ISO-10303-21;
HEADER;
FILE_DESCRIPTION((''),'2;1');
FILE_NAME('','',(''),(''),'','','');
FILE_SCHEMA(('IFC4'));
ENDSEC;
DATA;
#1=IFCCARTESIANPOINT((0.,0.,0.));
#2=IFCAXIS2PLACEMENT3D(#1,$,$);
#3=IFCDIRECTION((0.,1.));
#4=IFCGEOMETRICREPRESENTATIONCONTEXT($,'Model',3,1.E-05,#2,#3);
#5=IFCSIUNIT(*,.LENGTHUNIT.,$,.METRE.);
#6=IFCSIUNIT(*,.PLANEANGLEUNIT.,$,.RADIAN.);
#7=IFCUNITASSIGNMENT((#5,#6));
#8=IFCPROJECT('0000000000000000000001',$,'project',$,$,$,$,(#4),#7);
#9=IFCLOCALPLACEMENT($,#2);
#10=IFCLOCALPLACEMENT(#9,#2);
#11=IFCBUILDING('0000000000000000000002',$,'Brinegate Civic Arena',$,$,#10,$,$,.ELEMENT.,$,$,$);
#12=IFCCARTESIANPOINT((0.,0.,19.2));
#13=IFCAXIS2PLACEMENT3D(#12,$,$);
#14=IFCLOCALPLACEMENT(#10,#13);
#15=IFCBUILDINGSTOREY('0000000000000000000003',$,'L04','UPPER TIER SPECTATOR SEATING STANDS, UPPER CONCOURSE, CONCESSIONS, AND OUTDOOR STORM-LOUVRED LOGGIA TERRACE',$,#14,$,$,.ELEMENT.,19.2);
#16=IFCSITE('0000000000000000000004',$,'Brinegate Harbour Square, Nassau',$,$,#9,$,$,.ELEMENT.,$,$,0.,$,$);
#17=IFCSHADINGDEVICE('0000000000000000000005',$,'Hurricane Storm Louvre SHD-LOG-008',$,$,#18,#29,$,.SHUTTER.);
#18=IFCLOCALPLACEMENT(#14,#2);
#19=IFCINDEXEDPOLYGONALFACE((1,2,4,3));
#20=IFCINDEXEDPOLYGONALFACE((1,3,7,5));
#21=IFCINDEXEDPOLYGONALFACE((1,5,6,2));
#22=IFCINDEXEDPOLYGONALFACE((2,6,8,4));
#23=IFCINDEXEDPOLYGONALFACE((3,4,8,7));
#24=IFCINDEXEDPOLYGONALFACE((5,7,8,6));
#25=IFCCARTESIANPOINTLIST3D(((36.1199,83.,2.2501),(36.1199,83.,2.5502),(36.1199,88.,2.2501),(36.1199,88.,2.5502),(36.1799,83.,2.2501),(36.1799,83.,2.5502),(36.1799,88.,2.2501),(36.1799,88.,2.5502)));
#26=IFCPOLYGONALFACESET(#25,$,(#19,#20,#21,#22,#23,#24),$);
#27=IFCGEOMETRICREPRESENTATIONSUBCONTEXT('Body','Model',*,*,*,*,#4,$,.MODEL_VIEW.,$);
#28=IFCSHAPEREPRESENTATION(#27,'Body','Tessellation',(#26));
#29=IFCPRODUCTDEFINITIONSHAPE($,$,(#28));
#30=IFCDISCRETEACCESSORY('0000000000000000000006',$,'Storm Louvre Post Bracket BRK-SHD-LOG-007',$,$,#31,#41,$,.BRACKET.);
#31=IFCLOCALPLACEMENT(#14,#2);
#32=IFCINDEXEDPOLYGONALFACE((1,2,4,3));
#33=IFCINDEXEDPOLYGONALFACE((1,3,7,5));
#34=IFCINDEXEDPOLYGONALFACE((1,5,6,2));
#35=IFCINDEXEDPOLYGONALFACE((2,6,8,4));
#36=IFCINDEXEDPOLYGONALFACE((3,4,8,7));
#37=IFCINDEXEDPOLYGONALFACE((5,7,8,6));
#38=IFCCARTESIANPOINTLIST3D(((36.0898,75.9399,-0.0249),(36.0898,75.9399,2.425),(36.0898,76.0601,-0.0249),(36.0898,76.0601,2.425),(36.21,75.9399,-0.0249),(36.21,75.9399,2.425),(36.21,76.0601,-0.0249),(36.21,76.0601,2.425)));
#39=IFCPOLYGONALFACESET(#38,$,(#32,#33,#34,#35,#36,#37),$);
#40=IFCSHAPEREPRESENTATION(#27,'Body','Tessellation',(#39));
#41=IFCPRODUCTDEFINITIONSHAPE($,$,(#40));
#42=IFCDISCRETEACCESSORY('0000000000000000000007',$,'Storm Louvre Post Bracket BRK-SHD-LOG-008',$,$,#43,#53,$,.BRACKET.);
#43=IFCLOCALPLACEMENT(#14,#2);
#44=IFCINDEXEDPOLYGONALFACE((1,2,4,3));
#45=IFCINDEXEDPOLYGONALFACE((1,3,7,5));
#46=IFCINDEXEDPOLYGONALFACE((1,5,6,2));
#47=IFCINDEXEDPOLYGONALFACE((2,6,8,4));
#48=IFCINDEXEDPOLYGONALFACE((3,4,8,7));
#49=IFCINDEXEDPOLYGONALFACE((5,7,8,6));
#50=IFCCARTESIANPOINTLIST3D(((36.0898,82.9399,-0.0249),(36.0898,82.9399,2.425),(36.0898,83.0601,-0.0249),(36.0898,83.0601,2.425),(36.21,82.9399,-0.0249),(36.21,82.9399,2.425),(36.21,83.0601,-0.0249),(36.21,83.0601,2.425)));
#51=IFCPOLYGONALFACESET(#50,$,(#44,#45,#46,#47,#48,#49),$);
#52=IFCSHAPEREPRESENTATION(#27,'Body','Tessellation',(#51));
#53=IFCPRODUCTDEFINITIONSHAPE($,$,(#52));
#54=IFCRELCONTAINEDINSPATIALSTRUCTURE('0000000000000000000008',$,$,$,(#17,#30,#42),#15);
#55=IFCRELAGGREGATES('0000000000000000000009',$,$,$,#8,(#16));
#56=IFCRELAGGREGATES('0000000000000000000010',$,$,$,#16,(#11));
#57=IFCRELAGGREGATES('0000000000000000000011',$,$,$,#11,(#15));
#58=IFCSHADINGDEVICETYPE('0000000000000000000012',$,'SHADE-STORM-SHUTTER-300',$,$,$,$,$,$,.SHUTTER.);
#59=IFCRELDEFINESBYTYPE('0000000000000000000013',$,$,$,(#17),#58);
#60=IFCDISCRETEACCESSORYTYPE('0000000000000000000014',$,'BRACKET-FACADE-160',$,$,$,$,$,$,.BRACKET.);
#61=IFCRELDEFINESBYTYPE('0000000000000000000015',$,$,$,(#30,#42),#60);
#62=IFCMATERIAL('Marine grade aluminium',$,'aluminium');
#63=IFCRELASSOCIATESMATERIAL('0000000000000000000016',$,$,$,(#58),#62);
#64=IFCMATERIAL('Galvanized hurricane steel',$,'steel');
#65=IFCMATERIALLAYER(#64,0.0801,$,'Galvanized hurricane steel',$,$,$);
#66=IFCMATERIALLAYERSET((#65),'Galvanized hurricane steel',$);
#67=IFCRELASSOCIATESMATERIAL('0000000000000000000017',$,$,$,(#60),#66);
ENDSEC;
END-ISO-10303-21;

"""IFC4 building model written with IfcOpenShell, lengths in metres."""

from ifc_helpers import new_model, si_unit, direction, frame, origin, origin_2d, place, context, subcontext, project, spatial, rectangle, extrude, material, layer, layer_set, material_profile, profile_set, type_object, element, save


model = new_model("IFC4")

# Units and contexts
model_context = context("Model", 3, precision=1e-05, world=origin(), true_north=direction((0.0, 1.0)))
body_context = subcontext(model_context, "Body", "Model", "MODEL_VIEW")
ifc_project = project(units=[si_unit("LENGTHUNIT", "METRE"), si_unit("PLANEANGLEUNIT", "RADIAN")], contexts=[model_context])

# Site, building, storey
site_placement = place(None, origin())
site = spatial("IfcSite", under=ifc_project, at=site_placement, Name="Brinegate Harbour Square, Nassau", CompositionType="ELEMENT", RefElevation=0.0)
building_placement = place(site_placement, origin())
building = spatial("IfcBuilding", under=site, at=building_placement, Name="Brinegate Civic Arena", CompositionType="ELEMENT")
storey_placement = place(building_placement, frame((0.0, 0.0, 19.2)))
storey = spatial("IfcBuildingStorey", under=building, at=storey_placement, Name="L04", Description="UPPER TIER SPECTATOR SEATING STANDS, UPPER CONCOURSE, CONCESSIONS, AND OUTDOOR STORM-LOUVRED LOGGIA TERRACE", CompositionType="ELEMENT", Elevation=19.2)

# Shared definitions
ifc_material_1 = material(Name="Marine grade aluminium", Category="aluminium")
ifc_material_2 = material(Name="Galvanized hurricane steel", Category="steel")

# Shading device
ifc_material_profile_1 = material_profile(ifc_material_1, rectangle(XDim=0.0601, YDim=0.3, at=origin_2d()), Name="LVR60X300")
ifc_profile_set_1 = profile_set([ifc_material_profile_1], Name="Marine grade aluminium")
shading_device_type_1 = type_object("IfcShadingDeviceType", Name="SHADE-STORM-SHUTTER-300", PredefinedType="SHUTTER", material=ifc_profile_set_1)
shading_device_1_placement = place(storey_placement, frame((36.1499, 83.0, 2.4001), z_axis=(0.0, 1.0, 0.0), x_axis=(-1.0, 0.0, 0.0)))
element("IfcShadingDevice", 1, at=shading_device_1_placement, inside=storey, type_object=shading_device_type_1, Name="Hurricane Storm Louvre SHD-LOG-008", PredefinedType="SHUTTER", context=body_context, shape_type="SweptSolid", body=[
    extrude(rectangle(XDim=0.0601, YDim=0.3, at=origin_2d()), origin(), (0.0, 0.0, 1.0), 5.0),
])

# Discrete accessories
ifc_layer_1 = layer(ifc_material_2, 0.0801, Name="Galvanized hurricane steel")
ifc_layer_set_1 = layer_set([ifc_layer_1], Name="Galvanized hurricane steel")
discrete_accessory_type = type_object("IfcDiscreteAccessoryType", Name="BRACKET-FACADE-160", PredefinedType="BRACKET", material=ifc_layer_set_1)
for number, where, z_axis, x_axis, name in (
    (2, (36.1499, 76.0, -0.0249), (0.0, 0.0, 1.0), (1.0, 0.0, 0.0), "Storm Louvre Post Bracket BRK-SHD-LOG-007"),
    (3, (36.1499, 83.0, -0.0249), (0.0, 0.0, 1.0), (1.0, 0.0, 0.0), "Storm Louvre Post Bracket BRK-SHD-LOG-008"),
):
    element("IfcDiscreteAccessory", number, at=place(storey_placement, frame(where, z_axis=z_axis, x_axis=x_axis)), inside=storey, type_object=discrete_accessory_type, Name=name, PredefinedType="BRACKET", context=body_context, shape_type="SweptSolid", body=[
        extrude(rectangle(XDim=0.1201, YDim=0.1201, at=origin_2d()), origin(), (0.0, 0.0, 1.0), 2.45),
    ])

save(model, "model.ifc")
